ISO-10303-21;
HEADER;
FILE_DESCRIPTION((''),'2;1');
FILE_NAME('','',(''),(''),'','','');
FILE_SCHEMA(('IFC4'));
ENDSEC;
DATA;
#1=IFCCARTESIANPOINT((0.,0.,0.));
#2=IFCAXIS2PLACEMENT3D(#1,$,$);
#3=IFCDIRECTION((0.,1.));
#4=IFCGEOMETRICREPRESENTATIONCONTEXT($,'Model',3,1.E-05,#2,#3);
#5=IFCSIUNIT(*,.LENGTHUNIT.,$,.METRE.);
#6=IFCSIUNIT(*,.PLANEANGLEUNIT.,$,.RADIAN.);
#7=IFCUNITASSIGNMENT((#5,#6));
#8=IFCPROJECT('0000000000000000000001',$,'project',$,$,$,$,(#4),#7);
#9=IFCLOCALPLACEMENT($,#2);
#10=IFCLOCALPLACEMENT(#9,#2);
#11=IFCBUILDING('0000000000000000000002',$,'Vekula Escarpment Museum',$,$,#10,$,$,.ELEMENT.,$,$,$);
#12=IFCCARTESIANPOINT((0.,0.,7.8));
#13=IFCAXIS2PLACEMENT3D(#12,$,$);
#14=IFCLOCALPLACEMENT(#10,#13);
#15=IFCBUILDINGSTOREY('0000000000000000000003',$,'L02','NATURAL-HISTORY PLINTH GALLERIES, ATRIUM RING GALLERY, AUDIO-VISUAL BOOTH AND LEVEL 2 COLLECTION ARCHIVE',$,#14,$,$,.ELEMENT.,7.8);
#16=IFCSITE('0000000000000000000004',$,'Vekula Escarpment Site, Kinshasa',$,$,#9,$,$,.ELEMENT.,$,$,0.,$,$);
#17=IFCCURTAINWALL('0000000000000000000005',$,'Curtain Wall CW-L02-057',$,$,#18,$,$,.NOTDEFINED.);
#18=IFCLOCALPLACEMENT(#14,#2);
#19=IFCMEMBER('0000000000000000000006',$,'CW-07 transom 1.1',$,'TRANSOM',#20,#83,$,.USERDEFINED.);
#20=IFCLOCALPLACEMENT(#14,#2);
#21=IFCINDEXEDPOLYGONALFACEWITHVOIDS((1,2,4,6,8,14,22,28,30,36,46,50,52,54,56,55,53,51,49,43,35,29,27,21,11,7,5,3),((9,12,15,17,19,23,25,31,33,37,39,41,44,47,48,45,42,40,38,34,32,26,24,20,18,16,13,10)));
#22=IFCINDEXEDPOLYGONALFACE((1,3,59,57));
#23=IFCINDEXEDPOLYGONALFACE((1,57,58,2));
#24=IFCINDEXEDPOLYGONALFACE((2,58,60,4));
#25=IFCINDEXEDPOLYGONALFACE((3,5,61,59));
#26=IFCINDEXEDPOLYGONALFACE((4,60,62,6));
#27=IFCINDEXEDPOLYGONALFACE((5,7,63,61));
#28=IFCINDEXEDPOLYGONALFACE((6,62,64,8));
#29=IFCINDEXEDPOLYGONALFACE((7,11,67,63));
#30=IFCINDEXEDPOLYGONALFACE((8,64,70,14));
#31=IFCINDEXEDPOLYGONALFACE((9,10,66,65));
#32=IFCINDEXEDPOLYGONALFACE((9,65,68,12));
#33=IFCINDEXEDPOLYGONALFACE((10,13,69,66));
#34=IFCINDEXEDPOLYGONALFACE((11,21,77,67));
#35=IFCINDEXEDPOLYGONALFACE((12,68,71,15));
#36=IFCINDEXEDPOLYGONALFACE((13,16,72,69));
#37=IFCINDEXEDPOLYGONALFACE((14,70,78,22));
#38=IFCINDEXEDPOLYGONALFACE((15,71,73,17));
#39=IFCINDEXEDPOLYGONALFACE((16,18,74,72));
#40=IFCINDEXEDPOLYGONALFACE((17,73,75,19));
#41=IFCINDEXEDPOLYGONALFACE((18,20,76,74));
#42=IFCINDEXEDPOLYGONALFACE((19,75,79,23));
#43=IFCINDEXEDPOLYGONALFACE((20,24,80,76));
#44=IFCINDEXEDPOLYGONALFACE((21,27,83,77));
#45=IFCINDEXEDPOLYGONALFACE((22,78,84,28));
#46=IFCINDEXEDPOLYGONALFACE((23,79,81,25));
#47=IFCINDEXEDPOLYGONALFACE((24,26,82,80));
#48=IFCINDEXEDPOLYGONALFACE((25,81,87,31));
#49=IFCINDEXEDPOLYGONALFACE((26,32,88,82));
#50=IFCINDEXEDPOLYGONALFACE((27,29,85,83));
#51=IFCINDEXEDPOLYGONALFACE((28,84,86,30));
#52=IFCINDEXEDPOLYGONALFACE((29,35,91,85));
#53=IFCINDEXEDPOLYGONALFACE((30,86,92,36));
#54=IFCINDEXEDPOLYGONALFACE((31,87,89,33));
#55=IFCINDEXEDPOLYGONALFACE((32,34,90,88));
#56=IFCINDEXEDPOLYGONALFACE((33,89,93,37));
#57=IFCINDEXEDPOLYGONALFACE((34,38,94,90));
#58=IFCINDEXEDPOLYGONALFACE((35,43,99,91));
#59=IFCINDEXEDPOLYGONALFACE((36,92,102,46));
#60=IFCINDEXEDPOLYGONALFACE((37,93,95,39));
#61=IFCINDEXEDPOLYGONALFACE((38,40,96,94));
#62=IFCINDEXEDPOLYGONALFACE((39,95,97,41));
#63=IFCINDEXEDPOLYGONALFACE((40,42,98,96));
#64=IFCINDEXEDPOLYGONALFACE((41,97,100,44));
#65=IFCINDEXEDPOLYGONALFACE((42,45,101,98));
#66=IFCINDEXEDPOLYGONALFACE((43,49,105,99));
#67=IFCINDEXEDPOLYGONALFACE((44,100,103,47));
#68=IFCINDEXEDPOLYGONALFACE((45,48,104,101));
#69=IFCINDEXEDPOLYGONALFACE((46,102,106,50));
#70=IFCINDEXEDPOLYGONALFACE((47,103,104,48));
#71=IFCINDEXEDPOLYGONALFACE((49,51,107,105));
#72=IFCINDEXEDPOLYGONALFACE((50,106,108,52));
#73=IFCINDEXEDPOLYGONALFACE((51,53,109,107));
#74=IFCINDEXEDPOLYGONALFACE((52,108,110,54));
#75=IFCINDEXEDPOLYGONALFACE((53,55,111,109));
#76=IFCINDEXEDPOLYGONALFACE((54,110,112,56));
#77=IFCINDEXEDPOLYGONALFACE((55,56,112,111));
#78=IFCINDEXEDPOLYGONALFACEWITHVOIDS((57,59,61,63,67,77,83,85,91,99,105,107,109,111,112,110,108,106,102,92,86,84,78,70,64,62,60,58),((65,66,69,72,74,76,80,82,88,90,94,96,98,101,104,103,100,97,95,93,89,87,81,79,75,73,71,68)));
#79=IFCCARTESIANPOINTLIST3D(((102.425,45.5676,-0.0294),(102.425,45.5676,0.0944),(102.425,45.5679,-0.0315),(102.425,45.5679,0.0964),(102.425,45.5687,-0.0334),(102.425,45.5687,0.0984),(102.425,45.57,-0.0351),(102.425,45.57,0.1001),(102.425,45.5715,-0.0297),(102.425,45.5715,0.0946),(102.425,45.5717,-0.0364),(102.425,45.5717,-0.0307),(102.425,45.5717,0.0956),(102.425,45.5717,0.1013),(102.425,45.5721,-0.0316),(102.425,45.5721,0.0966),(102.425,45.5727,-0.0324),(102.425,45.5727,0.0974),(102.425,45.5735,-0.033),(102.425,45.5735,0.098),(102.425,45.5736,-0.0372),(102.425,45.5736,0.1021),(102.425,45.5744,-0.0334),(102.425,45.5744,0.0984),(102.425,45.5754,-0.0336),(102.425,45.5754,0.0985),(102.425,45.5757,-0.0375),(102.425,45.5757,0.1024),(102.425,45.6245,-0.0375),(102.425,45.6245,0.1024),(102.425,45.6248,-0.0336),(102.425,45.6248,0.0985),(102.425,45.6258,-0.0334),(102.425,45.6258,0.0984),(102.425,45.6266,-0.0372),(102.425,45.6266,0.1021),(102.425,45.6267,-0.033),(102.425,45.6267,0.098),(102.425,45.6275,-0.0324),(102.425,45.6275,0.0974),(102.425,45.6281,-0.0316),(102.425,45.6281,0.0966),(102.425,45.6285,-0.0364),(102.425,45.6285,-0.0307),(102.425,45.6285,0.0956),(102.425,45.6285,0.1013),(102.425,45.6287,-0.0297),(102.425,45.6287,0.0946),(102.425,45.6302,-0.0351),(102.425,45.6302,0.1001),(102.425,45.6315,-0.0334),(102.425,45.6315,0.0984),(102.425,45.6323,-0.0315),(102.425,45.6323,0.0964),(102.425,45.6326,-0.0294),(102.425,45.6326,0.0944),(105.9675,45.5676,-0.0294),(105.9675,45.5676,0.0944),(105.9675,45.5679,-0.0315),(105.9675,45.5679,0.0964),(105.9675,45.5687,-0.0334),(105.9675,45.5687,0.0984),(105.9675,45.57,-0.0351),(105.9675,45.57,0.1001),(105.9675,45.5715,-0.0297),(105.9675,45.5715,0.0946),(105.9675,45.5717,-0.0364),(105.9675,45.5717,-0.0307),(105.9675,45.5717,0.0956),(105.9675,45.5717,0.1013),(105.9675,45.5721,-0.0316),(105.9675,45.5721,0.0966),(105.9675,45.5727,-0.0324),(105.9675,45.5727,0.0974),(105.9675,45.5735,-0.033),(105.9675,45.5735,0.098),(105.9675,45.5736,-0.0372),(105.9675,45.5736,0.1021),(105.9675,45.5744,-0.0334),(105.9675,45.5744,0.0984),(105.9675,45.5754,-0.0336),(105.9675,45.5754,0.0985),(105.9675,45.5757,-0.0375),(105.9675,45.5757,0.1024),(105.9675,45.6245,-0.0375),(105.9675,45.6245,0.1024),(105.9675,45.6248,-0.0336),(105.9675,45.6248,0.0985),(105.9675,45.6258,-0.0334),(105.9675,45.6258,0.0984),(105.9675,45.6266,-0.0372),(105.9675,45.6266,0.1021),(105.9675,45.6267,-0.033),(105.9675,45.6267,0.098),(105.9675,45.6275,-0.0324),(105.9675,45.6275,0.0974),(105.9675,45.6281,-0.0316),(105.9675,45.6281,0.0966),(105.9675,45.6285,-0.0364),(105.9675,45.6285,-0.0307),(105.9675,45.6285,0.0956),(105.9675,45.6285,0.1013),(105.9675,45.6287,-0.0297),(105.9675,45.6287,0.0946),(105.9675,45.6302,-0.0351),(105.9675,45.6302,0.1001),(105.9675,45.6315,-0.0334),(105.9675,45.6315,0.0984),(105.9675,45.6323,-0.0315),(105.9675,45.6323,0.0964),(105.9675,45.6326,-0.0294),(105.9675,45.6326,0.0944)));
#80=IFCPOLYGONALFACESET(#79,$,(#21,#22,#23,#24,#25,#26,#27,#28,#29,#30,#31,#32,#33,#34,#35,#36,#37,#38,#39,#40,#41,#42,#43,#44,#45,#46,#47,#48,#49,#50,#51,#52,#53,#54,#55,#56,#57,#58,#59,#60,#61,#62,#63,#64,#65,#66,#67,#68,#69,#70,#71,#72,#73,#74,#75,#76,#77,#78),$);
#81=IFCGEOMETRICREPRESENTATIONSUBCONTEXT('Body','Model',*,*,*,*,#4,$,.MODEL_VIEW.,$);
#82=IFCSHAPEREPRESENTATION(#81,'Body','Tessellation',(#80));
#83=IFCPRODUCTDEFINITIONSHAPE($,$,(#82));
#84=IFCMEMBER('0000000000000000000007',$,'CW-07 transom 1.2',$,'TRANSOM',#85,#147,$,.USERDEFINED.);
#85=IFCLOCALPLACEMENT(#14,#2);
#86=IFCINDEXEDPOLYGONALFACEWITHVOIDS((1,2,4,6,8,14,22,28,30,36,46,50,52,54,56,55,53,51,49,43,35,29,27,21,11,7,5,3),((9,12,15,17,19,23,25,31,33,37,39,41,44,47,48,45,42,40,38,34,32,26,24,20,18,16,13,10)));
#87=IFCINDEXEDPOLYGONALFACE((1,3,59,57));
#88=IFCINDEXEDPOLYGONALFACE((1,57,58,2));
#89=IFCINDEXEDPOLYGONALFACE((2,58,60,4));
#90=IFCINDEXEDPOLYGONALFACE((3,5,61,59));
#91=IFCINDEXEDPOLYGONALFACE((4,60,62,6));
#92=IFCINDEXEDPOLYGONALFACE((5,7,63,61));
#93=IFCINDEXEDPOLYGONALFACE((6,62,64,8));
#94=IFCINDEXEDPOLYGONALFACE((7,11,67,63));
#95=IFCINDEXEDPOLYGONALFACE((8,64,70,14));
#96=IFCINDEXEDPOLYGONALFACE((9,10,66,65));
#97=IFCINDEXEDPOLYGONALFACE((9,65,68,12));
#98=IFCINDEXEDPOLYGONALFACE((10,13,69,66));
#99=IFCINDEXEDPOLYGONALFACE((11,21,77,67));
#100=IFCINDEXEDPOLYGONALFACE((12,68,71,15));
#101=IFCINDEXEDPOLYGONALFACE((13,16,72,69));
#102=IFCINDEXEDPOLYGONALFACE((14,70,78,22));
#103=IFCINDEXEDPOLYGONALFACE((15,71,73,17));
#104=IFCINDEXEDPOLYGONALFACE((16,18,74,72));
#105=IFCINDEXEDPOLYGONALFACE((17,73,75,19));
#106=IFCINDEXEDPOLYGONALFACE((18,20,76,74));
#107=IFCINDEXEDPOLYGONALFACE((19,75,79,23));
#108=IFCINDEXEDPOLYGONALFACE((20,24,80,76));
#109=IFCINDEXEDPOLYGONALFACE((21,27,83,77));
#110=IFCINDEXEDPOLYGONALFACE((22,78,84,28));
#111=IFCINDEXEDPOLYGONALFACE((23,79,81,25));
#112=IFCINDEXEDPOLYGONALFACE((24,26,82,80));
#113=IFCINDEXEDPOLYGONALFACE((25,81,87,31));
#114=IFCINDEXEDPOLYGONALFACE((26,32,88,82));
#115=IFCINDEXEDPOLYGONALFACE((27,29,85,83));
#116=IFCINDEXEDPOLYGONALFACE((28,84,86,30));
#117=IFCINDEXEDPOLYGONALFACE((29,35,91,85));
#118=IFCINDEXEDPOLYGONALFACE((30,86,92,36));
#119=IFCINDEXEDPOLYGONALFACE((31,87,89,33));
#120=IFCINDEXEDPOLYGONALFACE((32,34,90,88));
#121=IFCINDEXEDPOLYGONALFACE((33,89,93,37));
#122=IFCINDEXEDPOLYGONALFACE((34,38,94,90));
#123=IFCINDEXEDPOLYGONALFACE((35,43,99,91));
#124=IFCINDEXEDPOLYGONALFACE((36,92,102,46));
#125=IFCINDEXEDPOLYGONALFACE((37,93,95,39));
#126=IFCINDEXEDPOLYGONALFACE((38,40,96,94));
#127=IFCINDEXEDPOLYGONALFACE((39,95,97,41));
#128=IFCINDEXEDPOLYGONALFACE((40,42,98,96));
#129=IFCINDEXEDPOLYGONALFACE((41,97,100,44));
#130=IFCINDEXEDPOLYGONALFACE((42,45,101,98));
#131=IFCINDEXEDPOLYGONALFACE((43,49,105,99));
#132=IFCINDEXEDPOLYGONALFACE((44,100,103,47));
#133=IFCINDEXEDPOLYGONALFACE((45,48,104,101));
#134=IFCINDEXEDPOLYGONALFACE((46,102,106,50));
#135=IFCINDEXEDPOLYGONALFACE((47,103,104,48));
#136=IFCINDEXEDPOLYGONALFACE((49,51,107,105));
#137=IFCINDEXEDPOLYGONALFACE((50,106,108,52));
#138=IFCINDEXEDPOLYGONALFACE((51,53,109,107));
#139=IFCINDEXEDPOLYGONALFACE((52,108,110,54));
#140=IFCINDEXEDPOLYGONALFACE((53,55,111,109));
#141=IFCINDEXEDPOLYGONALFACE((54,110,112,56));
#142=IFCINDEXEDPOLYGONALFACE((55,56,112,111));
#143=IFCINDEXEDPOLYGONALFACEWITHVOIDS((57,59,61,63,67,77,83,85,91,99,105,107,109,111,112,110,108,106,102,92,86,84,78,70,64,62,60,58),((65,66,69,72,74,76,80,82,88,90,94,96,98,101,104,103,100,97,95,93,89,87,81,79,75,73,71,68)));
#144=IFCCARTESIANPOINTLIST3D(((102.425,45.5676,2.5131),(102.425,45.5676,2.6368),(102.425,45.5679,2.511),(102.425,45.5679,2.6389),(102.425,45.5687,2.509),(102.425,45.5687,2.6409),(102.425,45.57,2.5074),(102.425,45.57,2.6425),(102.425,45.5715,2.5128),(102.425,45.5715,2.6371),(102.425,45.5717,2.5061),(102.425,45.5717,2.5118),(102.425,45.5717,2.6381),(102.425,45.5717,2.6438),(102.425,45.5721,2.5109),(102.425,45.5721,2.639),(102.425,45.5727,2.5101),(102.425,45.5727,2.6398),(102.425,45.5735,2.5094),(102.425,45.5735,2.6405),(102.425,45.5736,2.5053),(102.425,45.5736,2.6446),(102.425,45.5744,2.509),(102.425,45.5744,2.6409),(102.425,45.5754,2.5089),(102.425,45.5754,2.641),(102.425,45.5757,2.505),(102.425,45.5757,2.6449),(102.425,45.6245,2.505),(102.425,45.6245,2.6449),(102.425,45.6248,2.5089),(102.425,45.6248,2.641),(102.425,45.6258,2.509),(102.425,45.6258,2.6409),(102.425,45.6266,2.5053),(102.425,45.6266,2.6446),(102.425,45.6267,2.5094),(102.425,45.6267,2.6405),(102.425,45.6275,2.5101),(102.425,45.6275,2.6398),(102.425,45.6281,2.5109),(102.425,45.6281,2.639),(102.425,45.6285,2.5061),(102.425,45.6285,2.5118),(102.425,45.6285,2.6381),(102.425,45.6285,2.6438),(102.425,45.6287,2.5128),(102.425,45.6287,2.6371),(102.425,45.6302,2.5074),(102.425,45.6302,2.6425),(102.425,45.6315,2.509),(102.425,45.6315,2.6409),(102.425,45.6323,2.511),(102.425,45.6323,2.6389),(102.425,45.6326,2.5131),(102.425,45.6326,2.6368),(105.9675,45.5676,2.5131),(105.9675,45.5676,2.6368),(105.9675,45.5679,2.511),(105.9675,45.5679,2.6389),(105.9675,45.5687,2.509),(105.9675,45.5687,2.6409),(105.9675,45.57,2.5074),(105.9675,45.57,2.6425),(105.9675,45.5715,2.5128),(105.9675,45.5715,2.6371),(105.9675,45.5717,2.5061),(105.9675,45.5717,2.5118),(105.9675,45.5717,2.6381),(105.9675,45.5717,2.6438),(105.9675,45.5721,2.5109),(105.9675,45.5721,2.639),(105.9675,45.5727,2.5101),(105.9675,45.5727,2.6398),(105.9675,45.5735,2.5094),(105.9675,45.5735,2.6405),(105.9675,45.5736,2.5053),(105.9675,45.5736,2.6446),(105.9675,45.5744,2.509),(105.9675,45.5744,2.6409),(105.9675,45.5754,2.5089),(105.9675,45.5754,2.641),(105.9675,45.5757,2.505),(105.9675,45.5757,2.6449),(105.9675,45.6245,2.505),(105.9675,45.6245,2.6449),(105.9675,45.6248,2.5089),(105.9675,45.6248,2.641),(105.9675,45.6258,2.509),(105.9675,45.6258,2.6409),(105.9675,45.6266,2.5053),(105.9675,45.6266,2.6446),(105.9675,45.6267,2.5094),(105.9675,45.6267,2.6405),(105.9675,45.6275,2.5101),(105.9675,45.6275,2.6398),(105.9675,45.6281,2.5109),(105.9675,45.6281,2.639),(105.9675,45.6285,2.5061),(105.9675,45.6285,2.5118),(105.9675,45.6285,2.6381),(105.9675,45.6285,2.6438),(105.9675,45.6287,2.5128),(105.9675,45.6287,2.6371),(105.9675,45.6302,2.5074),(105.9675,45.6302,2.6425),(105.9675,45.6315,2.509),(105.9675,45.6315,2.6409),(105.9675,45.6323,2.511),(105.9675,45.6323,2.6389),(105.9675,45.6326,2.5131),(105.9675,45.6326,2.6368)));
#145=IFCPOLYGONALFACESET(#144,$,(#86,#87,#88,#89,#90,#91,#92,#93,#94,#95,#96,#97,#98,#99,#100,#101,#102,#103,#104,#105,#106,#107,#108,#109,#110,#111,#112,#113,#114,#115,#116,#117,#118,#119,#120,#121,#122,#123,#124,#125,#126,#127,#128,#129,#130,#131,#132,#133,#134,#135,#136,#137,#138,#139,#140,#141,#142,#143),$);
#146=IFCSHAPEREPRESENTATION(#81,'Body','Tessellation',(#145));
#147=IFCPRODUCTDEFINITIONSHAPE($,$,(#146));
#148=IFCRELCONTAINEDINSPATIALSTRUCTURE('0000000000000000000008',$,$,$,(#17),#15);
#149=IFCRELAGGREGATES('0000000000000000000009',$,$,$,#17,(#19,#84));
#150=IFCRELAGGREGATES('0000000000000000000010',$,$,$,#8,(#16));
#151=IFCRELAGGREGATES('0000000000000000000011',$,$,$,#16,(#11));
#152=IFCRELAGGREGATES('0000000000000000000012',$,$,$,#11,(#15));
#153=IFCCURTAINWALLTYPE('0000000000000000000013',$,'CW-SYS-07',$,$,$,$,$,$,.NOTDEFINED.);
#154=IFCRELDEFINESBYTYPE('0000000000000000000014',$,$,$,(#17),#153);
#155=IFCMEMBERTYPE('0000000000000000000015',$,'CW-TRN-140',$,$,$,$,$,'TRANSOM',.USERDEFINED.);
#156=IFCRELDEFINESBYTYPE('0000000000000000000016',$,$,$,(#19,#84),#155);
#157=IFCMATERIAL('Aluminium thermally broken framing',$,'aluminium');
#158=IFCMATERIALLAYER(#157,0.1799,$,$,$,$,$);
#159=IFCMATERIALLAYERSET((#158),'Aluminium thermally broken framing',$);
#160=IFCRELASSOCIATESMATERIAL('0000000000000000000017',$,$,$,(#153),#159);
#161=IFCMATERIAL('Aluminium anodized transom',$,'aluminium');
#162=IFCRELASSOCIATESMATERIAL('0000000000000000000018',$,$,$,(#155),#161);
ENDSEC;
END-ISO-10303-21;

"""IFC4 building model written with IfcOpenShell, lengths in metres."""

from ifc_helpers import new_model, si_unit, direction, frame, origin, origin_2d, place, context, subcontext, project, spatial, hollow_rectangle, extrude, material, layer, layer_set, material_profile, profile_set, type_object, element, aggregate, save


model = new_model("IFC4")

# Units and contexts
model_context = context("Model", 3, precision=1e-05, world=origin(), true_north=direction((0.0, 1.0)))
body_context = subcontext(model_context, "Body", "Model", "MODEL_VIEW")
ifc_project = project(units=[si_unit("LENGTHUNIT", "METRE"), si_unit("PLANEANGLEUNIT", "RADIAN")], contexts=[model_context])

# Site, building, storey
site_placement = place(None, origin())
site = spatial("IfcSite", under=ifc_project, at=site_placement, Name="Vekula Escarpment Site, Kinshasa", CompositionType="ELEMENT", RefElevation=0.0)
building_placement = place(site_placement, origin())
building = spatial("IfcBuilding", under=site, at=building_placement, Name="Vekula Escarpment Museum", CompositionType="ELEMENT")
storey_placement = place(building_placement, frame((0.0, 0.0, 7.8)))
storey = spatial("IfcBuildingStorey", under=building, at=storey_placement, Name="L02", Description="NATURAL-HISTORY PLINTH GALLERIES, ATRIUM RING GALLERY, AUDIO-VISUAL BOOTH AND LEVEL 2 COLLECTION ARCHIVE", CompositionType="ELEMENT", Elevation=7.8)

# Curtain wall, members
ifc_material_1 = material(Name="Aluminium thermally broken framing", Category="aluminium")
ifc_layer_1 = layer(ifc_material_1, 0.1799)
ifc_layer_set_1 = layer_set([ifc_layer_1], Name="Aluminium thermally broken framing")
curtain_wall_type = type_object("IfcCurtainWallType", Name="CW-SYS-07", PredefinedType="NOTDEFINED", material=ifc_layer_set_1)
curtain_wall_placement = place(storey_placement, origin())
curtain_wall = element("IfcCurtainWall", 1, at=curtain_wall_placement, inside=storey, type_object=curtain_wall_type, Name="Curtain Wall CW-L02-057", PredefinedType="NOTDEFINED")
ifc_material_2 = material(Name="Aluminium anodized transom", Category="aluminium")
ifc_material_profile_1 = material_profile(ifc_material_2, hollow_rectangle(XDim=0.0649, YDim=0.1399, WallThickness=0.0039, InnerFilletRadius=0.0039, OuterFilletRadius=0.0081, at=origin_2d()), Name="ALU 140x65x4")
ifc_profile_set_1 = profile_set([ifc_material_profile_1], Name="Aluminium anodized transom")
member_type_1 = type_object("IfcMemberType", Name="CW-TRN-140", ElementType="TRANSOM", PredefinedType="USERDEFINED", material=ifc_profile_set_1)
member_1_placement = place(storey_placement, frame((102.425, 45.6001, 0.0325), z_axis=(1.0, 0.0, 0.0), x_axis=(0.0, 1.0, 0.0)))
member_1 = element("IfcMember", 2, at=member_1_placement, type_object=member_type_1, Name="CW-07 transom 1.1", ObjectType="TRANSOM", PredefinedType="USERDEFINED", context=body_context, shape_type="SweptSolid", body=[
    extrude(hollow_rectangle(XDim=0.0649, YDim=0.1399, WallThickness=0.0039, InnerFilletRadius=0.0039, OuterFilletRadius=0.0081, at=origin_2d()), origin(), (0.0, 0.0, 1.0), 3.5425),
])
member_2_placement = place(storey_placement, frame((102.425, 45.6001, 2.575), z_axis=(1.0, 0.0, 0.0), x_axis=(0.0, 1.0, 0.0)))
member_2 = element("IfcMember", 3, at=member_2_placement, type_object=member_type_1, Name="CW-07 transom 1.2", ObjectType="TRANSOM", PredefinedType="USERDEFINED", context=body_context, shape_type="SweptSolid", body=[
    extrude(hollow_rectangle(XDim=0.0649, YDim=0.1399, WallThickness=0.0039, InnerFilletRadius=0.0039, OuterFilletRadius=0.0081, at=origin_2d()), origin(), (0.0, 0.0, 1.0), 3.5425),
])

aggregate(curtain_wall, [member_1, member_2])

save(model, "model.ifc")
